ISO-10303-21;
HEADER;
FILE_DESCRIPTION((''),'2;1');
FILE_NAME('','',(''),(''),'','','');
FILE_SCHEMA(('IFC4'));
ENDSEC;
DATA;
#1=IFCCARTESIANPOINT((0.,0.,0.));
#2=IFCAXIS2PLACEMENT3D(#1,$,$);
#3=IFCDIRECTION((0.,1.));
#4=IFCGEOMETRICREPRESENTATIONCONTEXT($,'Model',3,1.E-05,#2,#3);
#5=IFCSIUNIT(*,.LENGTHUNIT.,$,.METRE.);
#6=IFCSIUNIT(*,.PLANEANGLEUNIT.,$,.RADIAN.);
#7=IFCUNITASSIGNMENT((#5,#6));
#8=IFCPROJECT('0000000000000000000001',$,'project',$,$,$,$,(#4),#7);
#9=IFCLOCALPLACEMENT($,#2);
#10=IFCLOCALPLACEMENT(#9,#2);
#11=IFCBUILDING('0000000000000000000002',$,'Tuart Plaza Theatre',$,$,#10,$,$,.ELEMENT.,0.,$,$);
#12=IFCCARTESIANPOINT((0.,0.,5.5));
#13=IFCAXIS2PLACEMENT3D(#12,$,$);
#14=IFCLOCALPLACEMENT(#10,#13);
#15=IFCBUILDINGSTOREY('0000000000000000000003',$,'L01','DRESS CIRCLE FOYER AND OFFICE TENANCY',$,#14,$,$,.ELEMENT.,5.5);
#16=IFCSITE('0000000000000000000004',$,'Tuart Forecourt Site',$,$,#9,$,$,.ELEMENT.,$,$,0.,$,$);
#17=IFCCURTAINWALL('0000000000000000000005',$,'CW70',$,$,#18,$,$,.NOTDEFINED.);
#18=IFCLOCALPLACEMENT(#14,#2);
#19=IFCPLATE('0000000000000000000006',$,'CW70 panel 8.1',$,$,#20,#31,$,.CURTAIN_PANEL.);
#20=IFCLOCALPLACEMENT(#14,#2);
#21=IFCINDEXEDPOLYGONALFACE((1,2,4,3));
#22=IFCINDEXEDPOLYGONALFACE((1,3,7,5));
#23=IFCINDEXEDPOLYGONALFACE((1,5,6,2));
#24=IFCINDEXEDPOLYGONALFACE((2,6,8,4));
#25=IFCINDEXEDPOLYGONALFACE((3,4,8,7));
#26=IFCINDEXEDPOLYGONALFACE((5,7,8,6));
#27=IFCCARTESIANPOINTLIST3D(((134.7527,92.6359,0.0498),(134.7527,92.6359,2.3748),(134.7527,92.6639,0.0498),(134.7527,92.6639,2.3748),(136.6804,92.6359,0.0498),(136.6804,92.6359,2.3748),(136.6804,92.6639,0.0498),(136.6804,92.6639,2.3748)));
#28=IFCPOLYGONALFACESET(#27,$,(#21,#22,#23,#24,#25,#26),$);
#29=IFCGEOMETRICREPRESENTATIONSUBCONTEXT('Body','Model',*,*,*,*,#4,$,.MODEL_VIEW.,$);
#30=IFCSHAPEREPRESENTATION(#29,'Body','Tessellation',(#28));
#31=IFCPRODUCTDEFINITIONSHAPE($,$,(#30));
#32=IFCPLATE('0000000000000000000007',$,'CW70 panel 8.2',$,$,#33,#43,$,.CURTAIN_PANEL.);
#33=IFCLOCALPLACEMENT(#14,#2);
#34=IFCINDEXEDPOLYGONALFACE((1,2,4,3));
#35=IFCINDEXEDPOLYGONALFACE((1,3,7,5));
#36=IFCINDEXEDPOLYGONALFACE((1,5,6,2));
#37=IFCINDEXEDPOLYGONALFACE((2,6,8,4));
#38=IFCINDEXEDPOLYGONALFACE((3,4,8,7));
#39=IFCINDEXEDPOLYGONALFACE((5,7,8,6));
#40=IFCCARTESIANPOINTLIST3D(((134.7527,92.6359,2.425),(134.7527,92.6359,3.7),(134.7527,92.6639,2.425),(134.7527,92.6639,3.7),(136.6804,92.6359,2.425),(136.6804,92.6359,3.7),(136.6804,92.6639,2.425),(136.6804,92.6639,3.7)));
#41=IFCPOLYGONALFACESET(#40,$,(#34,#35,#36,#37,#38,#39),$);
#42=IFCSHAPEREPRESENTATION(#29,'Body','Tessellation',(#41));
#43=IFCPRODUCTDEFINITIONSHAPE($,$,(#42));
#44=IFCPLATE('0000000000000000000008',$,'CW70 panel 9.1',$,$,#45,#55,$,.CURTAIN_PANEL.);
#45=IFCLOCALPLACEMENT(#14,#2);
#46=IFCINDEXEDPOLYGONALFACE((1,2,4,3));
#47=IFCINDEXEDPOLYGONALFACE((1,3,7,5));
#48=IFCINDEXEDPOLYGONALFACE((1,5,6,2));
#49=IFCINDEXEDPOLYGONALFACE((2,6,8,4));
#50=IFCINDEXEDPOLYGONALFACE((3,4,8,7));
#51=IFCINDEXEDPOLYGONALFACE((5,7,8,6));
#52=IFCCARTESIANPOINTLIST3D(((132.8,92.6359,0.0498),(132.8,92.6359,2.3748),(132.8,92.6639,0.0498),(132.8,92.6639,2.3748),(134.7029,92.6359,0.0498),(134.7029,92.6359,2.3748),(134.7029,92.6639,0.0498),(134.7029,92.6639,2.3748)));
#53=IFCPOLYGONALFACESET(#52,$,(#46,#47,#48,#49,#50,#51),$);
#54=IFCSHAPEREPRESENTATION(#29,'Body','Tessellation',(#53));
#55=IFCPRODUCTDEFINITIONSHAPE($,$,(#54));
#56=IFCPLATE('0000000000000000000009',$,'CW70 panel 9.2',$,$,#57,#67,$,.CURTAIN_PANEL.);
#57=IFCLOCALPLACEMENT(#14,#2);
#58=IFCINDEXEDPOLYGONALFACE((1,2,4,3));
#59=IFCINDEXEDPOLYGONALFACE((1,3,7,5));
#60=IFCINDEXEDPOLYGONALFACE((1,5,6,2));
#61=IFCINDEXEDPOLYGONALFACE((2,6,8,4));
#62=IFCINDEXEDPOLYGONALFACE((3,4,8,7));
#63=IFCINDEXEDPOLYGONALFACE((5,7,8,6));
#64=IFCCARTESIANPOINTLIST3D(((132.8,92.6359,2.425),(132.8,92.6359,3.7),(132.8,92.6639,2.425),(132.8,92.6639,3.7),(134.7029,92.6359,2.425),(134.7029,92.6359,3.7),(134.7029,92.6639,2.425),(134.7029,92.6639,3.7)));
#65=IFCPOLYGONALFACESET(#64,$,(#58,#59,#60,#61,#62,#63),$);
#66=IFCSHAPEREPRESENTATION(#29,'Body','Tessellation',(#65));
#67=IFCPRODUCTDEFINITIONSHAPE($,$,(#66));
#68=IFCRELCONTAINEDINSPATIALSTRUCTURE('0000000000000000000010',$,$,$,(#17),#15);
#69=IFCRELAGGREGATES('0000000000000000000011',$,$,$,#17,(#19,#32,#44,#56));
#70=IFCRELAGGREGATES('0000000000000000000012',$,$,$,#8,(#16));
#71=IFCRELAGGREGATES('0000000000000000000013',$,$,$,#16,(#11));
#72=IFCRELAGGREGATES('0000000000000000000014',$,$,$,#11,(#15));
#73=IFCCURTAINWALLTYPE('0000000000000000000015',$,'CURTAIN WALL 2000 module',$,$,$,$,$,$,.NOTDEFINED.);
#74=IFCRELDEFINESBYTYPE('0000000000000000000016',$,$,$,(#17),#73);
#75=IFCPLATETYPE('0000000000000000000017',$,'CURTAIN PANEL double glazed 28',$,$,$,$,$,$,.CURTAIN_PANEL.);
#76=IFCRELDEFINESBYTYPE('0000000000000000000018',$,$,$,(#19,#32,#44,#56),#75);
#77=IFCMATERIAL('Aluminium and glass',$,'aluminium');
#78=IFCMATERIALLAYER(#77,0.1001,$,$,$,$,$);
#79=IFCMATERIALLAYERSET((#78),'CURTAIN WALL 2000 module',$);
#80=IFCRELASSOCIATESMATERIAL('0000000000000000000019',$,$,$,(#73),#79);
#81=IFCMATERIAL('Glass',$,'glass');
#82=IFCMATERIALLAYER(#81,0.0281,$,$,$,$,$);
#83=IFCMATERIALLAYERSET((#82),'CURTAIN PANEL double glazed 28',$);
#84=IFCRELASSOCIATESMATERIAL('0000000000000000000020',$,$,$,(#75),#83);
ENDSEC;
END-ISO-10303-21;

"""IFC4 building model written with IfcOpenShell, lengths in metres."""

from ifc_helpers import new_model, si_unit, direction, frame, origin, origin_2d, place, context, subcontext, project, spatial, rectangle, extrude, material, layer, layer_set, type_object, element, aggregate, save


model = new_model("IFC4")

# Units and contexts
model_context = context("Model", 3, precision=1e-05, world=origin(), true_north=direction((0.0, 1.0)))
body_context = subcontext(model_context, "Body", "Model", "MODEL_VIEW")
ifc_project = project(units=[si_unit("LENGTHUNIT", "METRE"), si_unit("PLANEANGLEUNIT", "RADIAN")], contexts=[model_context])

# Site, building, storey
site_placement = place(None, origin())
site = spatial("IfcSite", under=ifc_project, at=site_placement, Name="Tuart Forecourt Site", CompositionType="ELEMENT", RefElevation=0.0)
building_placement = place(site_placement, origin())
building = spatial("IfcBuilding", under=site, at=building_placement, Name="Tuart Plaza Theatre", CompositionType="ELEMENT", ElevationOfRefHeight=0.0)
storey_placement = place(building_placement, frame((0.0, 0.0, 5.5)))
storey = spatial("IfcBuildingStorey", under=building, at=storey_placement, Name="L01", Description="DRESS CIRCLE FOYER AND OFFICE TENANCY", CompositionType="ELEMENT", Elevation=5.5)

# Curtain wall, plates
ifc_material_1 = material(Name="Aluminium and glass", Category="aluminium")
ifc_layer_1 = layer(ifc_material_1, 0.1001)
ifc_layer_set_1 = layer_set([ifc_layer_1], Name="CURTAIN WALL 2000 module")
curtain_wall_type = type_object("IfcCurtainWallType", Name="CURTAIN WALL 2000 module", PredefinedType="NOTDEFINED", material=ifc_layer_set_1)
curtain_wall_placement = place(storey_placement, origin())
curtain_wall = element("IfcCurtainWall", 1, at=curtain_wall_placement, inside=storey, type_object=curtain_wall_type, Name="CW70", PredefinedType="NOTDEFINED")
ifc_material_2 = material(Name="Glass", Category="glass")
ifc_layer_2 = layer(ifc_material_2, 0.0281)
ifc_layer_set_2 = layer_set([ifc_layer_2], Name="CURTAIN PANEL double glazed 28")
plate_type = type_object("IfcPlateType", Name="CURTAIN PANEL double glazed 28", PredefinedType="CURTAIN_PANEL", material=ifc_layer_set_2)
plate_1_placement = place(storey_placement, frame((135.7166, 92.6499, 0.0498), z_axis=(0.0, 0.0, 1.0), x_axis=(-1.0, 0.0, 0.0)))
plate_1 = element("IfcPlate", 2, at=plate_1_placement, type_object=plate_type, Name="CW70 panel 8.1", PredefinedType="CURTAIN_PANEL", context=body_context, shape_type="SweptSolid", body=[
    extrude(rectangle(XDim=1.9277, YDim=0.0281, at=origin_2d()), origin(), (0.0, 0.0, 1.0), 2.325),
])
plate_2_placement = place(storey_placement, frame((135.7166, 92.6499, 2.425), z_axis=(0.0, 0.0, 1.0), x_axis=(-1.0, 0.0, 0.0)))
plate_2 = element("IfcPlate", 3, at=plate_2_placement, type_object=plate_type, Name="CW70 panel 8.2", PredefinedType="CURTAIN_PANEL", context=body_context, shape_type="SweptSolid", body=[
    extrude(rectangle(XDim=1.9277, YDim=0.0281, at=origin_2d()), origin(), (0.0, 0.0, 1.0), 1.2749),
])
plate_3_placement = place(storey_placement, frame((133.7515, 92.6499, 0.0498), z_axis=(0.0, 0.0, 1.0), x_axis=(-1.0, 0.0, 0.0)))
plate_3 = element("IfcPlate", 4, at=plate_3_placement, type_object=plate_type, Name="CW70 panel 9.1", PredefinedType="CURTAIN_PANEL", context=body_context, shape_type="SweptSolid", body=[
    extrude(rectangle(XDim=1.9028, YDim=0.0281, at=origin_2d()), origin(), (0.0, 0.0, 1.0), 2.325),
])
plate_4_placement = place(storey_placement, frame((133.7515, 92.6499, 2.425), z_axis=(0.0, 0.0, 1.0), x_axis=(-1.0, 0.0, 0.0)))
plate_4 = element("IfcPlate", 5, at=plate_4_placement, type_object=plate_type, Name="CW70 panel 9.2", PredefinedType="CURTAIN_PANEL", context=body_context, shape_type="SweptSolid", body=[
    extrude(rectangle(XDim=1.9028, YDim=0.0281, at=origin_2d()), origin(), (0.0, 0.0, 1.0), 1.2749),
])
aggregate(curtain_wall, [plate_1, plate_2, plate_3, plate_4])

save(model, "model.ifc")
